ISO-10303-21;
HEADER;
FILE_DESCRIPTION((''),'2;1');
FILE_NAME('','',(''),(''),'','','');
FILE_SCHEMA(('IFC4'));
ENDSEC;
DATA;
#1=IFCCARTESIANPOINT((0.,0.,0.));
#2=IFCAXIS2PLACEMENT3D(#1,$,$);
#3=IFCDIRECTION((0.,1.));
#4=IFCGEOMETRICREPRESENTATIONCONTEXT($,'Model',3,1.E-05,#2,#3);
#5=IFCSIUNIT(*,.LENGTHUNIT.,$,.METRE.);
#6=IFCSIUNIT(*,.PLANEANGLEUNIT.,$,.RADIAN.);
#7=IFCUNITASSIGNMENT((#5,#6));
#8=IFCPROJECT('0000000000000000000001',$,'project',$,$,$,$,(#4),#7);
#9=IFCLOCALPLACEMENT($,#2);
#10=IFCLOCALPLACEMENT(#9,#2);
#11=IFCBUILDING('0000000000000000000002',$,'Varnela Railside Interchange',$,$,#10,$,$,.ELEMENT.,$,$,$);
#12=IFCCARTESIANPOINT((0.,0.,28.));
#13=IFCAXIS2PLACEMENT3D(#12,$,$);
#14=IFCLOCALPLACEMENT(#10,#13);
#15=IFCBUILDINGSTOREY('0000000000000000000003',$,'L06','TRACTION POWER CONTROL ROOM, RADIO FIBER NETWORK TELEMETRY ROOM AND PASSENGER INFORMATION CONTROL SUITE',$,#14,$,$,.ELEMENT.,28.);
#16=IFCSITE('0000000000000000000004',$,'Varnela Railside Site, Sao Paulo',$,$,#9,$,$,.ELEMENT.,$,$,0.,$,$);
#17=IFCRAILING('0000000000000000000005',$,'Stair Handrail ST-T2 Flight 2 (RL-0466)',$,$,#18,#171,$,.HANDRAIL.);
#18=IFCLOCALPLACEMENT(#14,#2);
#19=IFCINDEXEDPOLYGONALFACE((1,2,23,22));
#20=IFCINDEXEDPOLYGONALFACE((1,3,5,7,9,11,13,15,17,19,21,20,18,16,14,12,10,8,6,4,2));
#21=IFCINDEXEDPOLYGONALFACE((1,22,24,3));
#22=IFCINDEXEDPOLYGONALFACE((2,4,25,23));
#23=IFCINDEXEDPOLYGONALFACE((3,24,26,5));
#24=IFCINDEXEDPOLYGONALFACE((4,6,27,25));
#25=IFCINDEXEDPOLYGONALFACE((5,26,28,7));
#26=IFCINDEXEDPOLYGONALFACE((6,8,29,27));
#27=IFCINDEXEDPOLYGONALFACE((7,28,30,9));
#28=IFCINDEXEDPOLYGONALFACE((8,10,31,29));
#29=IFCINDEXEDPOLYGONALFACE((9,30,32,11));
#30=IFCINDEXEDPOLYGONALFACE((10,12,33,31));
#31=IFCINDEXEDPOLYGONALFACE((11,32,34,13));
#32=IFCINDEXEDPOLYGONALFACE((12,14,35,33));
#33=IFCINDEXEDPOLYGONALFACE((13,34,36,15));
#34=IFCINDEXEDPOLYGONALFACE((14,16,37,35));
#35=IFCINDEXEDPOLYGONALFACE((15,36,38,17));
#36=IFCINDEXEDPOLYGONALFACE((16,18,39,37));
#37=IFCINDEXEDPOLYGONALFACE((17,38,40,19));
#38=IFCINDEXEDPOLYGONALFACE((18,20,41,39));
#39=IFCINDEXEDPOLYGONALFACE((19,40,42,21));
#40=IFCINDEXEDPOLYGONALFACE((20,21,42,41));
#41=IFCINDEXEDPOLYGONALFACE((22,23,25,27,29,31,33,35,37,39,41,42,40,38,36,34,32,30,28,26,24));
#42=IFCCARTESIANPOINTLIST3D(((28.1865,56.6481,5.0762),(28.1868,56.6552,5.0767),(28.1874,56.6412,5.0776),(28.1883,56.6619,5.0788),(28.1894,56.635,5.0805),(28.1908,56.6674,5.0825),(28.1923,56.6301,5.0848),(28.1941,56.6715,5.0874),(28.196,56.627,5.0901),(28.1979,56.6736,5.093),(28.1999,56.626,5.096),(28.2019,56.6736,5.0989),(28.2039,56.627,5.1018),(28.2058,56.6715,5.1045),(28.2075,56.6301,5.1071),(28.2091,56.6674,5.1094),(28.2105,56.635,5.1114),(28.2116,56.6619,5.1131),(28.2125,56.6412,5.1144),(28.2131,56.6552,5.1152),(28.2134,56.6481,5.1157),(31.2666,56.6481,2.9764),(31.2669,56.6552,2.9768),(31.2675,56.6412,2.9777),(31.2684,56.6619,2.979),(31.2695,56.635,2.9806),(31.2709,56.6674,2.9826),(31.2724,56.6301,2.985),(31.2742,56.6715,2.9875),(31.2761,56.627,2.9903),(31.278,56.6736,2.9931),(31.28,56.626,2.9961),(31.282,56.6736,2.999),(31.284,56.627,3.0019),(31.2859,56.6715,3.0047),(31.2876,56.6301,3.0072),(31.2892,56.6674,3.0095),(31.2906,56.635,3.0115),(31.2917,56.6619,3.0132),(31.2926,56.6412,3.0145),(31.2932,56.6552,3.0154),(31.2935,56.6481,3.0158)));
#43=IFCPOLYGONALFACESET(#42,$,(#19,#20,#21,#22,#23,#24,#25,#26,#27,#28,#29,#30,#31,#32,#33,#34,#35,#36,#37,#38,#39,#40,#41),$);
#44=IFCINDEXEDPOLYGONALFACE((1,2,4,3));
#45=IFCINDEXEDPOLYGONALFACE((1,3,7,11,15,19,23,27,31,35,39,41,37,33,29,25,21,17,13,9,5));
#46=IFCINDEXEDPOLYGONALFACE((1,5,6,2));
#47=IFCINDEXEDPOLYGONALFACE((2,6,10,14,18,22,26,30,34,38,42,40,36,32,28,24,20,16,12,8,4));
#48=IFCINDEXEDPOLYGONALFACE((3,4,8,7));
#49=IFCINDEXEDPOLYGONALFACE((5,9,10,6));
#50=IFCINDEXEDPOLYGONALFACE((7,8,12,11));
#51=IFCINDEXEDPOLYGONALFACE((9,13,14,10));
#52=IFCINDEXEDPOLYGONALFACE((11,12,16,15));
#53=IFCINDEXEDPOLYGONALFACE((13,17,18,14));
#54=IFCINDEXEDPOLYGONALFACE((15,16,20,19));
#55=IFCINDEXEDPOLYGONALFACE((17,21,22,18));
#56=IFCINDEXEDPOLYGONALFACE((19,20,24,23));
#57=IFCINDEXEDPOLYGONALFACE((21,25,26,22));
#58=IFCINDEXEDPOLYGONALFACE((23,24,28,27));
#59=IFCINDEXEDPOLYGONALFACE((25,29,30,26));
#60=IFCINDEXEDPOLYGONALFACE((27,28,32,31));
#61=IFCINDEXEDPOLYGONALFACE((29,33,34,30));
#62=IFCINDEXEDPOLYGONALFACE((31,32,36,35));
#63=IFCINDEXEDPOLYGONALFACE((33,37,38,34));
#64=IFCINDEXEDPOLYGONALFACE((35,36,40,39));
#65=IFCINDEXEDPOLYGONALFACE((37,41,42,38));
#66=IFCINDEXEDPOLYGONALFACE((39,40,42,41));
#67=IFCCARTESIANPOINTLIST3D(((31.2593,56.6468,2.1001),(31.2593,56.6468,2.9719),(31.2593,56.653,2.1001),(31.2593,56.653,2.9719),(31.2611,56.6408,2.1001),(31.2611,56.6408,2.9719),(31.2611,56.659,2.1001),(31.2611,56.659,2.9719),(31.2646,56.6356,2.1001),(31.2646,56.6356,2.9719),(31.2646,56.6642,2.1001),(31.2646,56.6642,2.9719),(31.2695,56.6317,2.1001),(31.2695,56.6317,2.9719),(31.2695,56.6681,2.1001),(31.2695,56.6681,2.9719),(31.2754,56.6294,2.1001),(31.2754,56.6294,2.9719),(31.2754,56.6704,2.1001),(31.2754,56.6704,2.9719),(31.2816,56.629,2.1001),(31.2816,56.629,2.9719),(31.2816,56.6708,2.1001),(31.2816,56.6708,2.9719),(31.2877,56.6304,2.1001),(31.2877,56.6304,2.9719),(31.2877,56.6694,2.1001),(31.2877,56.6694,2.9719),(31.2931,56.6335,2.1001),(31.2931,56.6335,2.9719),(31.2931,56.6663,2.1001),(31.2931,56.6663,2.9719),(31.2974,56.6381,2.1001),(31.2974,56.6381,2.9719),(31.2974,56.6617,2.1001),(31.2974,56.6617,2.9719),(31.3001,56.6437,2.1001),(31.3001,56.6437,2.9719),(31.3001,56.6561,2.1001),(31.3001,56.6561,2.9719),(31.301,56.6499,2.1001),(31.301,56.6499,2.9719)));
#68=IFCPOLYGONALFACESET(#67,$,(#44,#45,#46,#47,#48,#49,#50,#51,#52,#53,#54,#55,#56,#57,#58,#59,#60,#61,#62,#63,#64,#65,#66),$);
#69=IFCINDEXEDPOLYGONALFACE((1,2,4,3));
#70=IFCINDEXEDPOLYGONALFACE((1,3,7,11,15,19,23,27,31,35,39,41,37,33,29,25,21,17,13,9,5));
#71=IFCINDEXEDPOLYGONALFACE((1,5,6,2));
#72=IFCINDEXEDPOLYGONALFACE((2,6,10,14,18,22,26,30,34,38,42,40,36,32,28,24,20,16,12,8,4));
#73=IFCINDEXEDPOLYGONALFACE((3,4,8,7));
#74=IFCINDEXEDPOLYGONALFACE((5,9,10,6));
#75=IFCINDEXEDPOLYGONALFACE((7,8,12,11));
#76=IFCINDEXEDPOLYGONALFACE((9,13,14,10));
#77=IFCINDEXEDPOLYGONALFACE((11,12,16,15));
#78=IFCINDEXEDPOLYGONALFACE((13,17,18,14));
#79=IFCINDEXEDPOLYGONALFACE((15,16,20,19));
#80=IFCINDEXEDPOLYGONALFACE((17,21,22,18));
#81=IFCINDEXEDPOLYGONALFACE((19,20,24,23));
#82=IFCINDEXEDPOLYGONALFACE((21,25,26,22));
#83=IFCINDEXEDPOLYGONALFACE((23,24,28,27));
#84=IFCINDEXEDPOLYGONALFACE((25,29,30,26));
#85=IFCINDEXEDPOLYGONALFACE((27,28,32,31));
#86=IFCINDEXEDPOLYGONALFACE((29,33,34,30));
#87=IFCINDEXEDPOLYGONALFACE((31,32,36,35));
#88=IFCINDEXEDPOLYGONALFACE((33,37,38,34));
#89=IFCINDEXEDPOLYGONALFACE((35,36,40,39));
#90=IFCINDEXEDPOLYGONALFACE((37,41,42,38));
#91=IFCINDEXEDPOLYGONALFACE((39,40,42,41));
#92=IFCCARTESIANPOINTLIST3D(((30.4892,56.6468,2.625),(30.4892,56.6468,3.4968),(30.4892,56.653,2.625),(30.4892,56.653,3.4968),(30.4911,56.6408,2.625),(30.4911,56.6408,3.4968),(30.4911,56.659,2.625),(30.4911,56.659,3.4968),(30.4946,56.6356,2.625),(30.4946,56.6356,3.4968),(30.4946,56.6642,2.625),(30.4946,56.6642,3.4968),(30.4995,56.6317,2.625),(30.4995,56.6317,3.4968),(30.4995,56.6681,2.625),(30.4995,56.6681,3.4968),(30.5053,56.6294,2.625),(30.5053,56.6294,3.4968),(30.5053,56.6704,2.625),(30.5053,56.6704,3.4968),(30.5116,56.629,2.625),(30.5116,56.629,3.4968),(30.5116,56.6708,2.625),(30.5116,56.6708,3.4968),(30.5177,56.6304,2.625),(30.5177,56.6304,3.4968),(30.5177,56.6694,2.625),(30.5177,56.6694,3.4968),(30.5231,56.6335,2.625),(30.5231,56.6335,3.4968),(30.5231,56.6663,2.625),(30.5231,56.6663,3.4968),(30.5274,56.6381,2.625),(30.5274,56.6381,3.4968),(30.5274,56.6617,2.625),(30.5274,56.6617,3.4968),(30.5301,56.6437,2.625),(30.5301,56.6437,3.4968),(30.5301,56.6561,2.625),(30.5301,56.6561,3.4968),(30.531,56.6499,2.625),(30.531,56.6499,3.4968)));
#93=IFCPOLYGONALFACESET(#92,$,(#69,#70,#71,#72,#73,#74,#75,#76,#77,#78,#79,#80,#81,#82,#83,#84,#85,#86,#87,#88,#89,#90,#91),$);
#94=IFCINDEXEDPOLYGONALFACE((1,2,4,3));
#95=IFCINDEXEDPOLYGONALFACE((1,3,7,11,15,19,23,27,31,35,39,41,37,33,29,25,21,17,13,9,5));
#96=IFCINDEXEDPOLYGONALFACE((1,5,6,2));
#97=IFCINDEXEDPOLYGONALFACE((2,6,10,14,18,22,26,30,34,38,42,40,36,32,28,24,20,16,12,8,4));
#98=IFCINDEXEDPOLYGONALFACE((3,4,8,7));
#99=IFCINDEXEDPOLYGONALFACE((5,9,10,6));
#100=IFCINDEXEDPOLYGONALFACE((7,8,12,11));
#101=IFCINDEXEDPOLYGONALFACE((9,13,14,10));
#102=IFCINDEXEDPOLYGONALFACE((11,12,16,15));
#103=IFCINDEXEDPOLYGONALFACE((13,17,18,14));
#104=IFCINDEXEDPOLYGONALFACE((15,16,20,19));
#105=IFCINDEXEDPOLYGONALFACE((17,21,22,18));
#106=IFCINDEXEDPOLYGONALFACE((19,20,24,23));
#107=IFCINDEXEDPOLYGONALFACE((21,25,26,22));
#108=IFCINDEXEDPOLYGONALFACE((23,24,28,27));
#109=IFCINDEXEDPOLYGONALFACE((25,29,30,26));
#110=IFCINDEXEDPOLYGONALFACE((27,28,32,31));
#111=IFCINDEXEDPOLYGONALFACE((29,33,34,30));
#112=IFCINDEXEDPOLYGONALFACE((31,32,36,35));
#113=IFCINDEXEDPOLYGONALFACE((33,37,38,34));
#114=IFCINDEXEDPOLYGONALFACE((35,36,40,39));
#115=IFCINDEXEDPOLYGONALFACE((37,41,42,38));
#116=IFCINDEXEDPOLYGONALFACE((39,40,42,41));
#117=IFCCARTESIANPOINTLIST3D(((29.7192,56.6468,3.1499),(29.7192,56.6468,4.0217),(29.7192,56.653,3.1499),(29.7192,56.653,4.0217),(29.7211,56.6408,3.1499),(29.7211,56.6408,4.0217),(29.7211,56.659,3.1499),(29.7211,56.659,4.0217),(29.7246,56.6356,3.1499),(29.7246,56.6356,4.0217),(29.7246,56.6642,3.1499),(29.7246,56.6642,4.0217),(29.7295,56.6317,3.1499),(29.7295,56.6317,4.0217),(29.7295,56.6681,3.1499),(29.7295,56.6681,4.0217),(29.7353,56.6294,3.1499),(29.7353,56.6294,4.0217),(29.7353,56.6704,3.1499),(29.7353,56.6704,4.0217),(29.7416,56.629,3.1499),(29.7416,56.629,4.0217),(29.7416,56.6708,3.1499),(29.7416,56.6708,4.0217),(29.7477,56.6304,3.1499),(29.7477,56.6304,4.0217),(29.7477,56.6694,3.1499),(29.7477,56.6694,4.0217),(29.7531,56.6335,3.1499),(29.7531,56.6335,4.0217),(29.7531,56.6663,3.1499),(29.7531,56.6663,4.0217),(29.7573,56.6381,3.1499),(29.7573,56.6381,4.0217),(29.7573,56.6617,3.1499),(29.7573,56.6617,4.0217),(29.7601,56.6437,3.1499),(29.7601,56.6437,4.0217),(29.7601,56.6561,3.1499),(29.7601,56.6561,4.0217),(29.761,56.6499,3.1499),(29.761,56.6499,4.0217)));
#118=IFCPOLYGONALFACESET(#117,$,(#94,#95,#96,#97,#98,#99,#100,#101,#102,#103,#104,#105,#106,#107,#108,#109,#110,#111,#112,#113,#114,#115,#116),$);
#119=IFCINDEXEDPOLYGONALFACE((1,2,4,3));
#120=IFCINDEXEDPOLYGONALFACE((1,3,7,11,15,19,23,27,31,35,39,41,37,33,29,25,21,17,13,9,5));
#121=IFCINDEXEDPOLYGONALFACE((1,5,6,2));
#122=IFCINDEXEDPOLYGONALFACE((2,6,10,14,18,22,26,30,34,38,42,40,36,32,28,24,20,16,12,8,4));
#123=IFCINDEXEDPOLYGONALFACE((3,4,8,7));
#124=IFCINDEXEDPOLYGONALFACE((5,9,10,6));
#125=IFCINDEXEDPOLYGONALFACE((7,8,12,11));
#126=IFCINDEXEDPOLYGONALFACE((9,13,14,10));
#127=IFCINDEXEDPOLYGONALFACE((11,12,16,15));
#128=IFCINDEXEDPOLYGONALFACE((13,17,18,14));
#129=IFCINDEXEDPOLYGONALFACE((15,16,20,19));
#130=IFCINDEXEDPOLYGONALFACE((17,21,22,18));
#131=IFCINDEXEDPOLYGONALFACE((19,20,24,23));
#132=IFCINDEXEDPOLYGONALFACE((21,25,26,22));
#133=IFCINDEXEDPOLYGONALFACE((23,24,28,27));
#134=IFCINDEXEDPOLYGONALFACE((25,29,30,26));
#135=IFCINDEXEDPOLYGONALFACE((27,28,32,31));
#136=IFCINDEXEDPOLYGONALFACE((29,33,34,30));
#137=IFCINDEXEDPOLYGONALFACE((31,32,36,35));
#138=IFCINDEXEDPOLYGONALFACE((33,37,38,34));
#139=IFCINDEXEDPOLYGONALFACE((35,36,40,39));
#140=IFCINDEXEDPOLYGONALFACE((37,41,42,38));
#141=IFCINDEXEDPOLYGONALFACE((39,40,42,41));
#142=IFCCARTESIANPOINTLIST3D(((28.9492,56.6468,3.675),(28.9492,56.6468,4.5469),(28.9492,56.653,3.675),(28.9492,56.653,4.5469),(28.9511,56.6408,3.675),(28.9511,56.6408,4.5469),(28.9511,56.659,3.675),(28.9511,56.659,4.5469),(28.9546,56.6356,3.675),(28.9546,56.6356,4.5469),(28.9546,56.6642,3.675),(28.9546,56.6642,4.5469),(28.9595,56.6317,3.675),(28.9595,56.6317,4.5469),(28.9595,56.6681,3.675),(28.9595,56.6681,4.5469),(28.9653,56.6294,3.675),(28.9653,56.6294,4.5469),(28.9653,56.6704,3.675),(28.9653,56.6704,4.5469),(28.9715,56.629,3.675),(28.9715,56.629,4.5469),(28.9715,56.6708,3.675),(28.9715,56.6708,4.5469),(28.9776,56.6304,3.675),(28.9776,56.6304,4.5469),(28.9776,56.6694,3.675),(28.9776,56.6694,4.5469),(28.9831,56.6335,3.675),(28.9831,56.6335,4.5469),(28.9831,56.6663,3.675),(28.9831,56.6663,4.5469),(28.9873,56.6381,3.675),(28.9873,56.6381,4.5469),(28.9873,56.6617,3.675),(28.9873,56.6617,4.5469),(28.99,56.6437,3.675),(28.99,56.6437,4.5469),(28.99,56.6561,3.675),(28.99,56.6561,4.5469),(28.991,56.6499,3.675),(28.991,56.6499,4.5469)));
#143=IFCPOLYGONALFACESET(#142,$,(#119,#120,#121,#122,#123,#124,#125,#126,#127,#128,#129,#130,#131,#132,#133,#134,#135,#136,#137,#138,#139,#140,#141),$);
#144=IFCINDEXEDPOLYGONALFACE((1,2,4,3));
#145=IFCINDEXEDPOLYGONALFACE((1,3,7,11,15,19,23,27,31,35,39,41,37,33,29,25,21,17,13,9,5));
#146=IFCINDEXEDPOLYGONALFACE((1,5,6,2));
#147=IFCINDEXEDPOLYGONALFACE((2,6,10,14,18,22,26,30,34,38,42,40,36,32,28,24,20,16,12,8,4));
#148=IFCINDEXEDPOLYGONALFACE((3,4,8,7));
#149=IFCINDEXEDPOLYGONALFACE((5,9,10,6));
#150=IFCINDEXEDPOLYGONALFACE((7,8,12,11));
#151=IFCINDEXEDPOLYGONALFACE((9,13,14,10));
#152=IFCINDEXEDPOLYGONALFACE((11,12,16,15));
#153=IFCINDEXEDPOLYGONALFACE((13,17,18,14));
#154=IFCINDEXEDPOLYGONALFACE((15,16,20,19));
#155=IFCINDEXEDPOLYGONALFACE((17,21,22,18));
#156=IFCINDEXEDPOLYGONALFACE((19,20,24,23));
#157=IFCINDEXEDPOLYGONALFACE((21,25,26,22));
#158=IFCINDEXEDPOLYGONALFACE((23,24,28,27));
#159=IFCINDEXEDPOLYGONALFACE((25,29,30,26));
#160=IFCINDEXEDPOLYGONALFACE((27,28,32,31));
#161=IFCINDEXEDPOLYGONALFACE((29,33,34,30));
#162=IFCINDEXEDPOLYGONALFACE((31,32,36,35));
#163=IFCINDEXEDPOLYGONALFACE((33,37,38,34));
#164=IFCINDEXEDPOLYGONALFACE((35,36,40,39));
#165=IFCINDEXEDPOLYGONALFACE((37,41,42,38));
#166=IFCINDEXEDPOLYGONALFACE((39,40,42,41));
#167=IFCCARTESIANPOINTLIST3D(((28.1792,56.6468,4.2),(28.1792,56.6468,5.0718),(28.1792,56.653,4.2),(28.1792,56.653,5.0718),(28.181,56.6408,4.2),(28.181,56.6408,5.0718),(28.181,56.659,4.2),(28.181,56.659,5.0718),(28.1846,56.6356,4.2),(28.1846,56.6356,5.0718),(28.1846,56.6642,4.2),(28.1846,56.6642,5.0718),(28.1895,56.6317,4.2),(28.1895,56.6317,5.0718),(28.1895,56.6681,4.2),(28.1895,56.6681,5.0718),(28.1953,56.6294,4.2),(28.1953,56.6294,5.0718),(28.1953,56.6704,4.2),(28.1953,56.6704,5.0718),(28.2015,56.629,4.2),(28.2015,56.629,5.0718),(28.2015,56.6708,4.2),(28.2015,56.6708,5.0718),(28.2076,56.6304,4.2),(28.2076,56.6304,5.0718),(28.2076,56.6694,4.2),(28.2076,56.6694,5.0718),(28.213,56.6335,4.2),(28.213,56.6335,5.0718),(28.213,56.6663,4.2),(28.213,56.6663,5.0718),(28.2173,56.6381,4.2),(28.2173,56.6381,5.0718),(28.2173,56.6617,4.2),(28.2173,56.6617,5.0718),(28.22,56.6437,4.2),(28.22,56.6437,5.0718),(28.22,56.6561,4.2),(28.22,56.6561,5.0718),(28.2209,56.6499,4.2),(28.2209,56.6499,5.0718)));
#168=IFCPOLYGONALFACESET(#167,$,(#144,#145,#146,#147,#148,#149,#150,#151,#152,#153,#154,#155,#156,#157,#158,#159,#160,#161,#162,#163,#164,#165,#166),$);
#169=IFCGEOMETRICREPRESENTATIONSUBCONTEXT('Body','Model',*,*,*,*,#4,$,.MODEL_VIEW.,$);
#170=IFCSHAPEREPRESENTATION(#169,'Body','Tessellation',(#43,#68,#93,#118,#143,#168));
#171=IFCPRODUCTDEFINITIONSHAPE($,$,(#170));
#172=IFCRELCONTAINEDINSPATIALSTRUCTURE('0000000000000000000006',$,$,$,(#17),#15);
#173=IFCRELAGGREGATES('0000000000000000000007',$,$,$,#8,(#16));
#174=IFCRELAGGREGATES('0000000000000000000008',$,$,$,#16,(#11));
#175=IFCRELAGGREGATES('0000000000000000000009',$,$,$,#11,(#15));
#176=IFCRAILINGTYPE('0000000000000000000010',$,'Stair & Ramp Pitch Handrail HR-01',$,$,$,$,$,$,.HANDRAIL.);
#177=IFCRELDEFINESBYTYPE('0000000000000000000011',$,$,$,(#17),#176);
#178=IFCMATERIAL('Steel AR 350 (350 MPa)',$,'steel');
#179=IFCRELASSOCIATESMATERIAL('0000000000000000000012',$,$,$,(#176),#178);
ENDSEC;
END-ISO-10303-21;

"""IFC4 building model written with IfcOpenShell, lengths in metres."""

from ifc_helpers import new_model, si_unit, direction, frame, origin, origin_2d, place, context, subcontext, project, spatial, circle, extrude, material, type_object, element, save


model = new_model("IFC4")

# Units and contexts
model_context = context("Model", 3, precision=1e-05, world=origin(), true_north=direction((0.0, 1.0)))
body_context = subcontext(model_context, "Body", "Model", "MODEL_VIEW")
ifc_project = project(units=[si_unit("LENGTHUNIT", "METRE"), si_unit("PLANEANGLEUNIT", "RADIAN")], contexts=[model_context])

# Site, building, storey
site_placement = place(None, origin())
site = spatial("IfcSite", under=ifc_project, at=site_placement, Name="Varnela Railside Site, Sao Paulo", CompositionType="ELEMENT", RefElevation=0.0)
building_placement = place(site_placement, origin())
building = spatial("IfcBuilding", under=site, at=building_placement, Name="Varnela Railside Interchange", CompositionType="ELEMENT")
storey_placement = place(building_placement, frame((0.0, 0.0, 28.0)))
storey = spatial("IfcBuildingStorey", under=building, at=storey_placement, Name="L06", Description="TRACTION POWER CONTROL ROOM, RADIO FIBER NETWORK TELEMETRY ROOM AND PASSENGER INFORMATION CONTROL SUITE", CompositionType="ELEMENT", Elevation=28.0)

# Shared definitions
ifc_material_1 = material(Name="Steel AR 350 (350 MPa)", Category="steel")

# Railing
railing_type_1 = type_object("IfcRailingType", Name="Stair & Ramp Pitch Handrail HR-01", PredefinedType="HANDRAIL", material=ifc_material_1)
railing_1_placement = place(storey_placement, frame((31.28, 56.6499, 2.1001)))
element("IfcRailing", 1, at=railing_1_placement, inside=storey, type_object=railing_type_1, Name="Stair Handrail ST-T2 Flight 2 (RL-0466)", PredefinedType="HANDRAIL", context=body_context, shape_type="SweptSolid", body=[
    extrude(circle(Radius=0.0239, at=origin_2d()), frame((0.0, 0.0, 0.896), z_axis=(-0.826252, 0.0, 0.5633), x_axis=(0.0, -1.0, 0.0)), (0.0, 0.0, 1.0), 3.7278),
    extrude(circle(Radius=0.021, at=origin_2d()), origin(), (0.0, 0.0, 1.0), 0.8718),
    extrude(circle(Radius=0.021, at=origin_2d()), frame((-0.77, 0.0, 0.5249)), (0.0, 0.0, 1.0), 0.8718),
    extrude(circle(Radius=0.021, at=origin_2d()), frame((-1.54, 0.0, 1.0498)), (0.0, 0.0, 1.0), 0.8718),
    extrude(circle(Radius=0.021, at=origin_2d()), frame((-2.3101, 0.0, 1.575)), (0.0, 0.0, 1.0), 0.8718),
    extrude(circle(Radius=0.021, at=origin_2d()), frame((-3.0801, 0.0, 2.0999)), (0.0, 0.0, 1.0), 0.8718),
])

save(model, "model.ifc")
